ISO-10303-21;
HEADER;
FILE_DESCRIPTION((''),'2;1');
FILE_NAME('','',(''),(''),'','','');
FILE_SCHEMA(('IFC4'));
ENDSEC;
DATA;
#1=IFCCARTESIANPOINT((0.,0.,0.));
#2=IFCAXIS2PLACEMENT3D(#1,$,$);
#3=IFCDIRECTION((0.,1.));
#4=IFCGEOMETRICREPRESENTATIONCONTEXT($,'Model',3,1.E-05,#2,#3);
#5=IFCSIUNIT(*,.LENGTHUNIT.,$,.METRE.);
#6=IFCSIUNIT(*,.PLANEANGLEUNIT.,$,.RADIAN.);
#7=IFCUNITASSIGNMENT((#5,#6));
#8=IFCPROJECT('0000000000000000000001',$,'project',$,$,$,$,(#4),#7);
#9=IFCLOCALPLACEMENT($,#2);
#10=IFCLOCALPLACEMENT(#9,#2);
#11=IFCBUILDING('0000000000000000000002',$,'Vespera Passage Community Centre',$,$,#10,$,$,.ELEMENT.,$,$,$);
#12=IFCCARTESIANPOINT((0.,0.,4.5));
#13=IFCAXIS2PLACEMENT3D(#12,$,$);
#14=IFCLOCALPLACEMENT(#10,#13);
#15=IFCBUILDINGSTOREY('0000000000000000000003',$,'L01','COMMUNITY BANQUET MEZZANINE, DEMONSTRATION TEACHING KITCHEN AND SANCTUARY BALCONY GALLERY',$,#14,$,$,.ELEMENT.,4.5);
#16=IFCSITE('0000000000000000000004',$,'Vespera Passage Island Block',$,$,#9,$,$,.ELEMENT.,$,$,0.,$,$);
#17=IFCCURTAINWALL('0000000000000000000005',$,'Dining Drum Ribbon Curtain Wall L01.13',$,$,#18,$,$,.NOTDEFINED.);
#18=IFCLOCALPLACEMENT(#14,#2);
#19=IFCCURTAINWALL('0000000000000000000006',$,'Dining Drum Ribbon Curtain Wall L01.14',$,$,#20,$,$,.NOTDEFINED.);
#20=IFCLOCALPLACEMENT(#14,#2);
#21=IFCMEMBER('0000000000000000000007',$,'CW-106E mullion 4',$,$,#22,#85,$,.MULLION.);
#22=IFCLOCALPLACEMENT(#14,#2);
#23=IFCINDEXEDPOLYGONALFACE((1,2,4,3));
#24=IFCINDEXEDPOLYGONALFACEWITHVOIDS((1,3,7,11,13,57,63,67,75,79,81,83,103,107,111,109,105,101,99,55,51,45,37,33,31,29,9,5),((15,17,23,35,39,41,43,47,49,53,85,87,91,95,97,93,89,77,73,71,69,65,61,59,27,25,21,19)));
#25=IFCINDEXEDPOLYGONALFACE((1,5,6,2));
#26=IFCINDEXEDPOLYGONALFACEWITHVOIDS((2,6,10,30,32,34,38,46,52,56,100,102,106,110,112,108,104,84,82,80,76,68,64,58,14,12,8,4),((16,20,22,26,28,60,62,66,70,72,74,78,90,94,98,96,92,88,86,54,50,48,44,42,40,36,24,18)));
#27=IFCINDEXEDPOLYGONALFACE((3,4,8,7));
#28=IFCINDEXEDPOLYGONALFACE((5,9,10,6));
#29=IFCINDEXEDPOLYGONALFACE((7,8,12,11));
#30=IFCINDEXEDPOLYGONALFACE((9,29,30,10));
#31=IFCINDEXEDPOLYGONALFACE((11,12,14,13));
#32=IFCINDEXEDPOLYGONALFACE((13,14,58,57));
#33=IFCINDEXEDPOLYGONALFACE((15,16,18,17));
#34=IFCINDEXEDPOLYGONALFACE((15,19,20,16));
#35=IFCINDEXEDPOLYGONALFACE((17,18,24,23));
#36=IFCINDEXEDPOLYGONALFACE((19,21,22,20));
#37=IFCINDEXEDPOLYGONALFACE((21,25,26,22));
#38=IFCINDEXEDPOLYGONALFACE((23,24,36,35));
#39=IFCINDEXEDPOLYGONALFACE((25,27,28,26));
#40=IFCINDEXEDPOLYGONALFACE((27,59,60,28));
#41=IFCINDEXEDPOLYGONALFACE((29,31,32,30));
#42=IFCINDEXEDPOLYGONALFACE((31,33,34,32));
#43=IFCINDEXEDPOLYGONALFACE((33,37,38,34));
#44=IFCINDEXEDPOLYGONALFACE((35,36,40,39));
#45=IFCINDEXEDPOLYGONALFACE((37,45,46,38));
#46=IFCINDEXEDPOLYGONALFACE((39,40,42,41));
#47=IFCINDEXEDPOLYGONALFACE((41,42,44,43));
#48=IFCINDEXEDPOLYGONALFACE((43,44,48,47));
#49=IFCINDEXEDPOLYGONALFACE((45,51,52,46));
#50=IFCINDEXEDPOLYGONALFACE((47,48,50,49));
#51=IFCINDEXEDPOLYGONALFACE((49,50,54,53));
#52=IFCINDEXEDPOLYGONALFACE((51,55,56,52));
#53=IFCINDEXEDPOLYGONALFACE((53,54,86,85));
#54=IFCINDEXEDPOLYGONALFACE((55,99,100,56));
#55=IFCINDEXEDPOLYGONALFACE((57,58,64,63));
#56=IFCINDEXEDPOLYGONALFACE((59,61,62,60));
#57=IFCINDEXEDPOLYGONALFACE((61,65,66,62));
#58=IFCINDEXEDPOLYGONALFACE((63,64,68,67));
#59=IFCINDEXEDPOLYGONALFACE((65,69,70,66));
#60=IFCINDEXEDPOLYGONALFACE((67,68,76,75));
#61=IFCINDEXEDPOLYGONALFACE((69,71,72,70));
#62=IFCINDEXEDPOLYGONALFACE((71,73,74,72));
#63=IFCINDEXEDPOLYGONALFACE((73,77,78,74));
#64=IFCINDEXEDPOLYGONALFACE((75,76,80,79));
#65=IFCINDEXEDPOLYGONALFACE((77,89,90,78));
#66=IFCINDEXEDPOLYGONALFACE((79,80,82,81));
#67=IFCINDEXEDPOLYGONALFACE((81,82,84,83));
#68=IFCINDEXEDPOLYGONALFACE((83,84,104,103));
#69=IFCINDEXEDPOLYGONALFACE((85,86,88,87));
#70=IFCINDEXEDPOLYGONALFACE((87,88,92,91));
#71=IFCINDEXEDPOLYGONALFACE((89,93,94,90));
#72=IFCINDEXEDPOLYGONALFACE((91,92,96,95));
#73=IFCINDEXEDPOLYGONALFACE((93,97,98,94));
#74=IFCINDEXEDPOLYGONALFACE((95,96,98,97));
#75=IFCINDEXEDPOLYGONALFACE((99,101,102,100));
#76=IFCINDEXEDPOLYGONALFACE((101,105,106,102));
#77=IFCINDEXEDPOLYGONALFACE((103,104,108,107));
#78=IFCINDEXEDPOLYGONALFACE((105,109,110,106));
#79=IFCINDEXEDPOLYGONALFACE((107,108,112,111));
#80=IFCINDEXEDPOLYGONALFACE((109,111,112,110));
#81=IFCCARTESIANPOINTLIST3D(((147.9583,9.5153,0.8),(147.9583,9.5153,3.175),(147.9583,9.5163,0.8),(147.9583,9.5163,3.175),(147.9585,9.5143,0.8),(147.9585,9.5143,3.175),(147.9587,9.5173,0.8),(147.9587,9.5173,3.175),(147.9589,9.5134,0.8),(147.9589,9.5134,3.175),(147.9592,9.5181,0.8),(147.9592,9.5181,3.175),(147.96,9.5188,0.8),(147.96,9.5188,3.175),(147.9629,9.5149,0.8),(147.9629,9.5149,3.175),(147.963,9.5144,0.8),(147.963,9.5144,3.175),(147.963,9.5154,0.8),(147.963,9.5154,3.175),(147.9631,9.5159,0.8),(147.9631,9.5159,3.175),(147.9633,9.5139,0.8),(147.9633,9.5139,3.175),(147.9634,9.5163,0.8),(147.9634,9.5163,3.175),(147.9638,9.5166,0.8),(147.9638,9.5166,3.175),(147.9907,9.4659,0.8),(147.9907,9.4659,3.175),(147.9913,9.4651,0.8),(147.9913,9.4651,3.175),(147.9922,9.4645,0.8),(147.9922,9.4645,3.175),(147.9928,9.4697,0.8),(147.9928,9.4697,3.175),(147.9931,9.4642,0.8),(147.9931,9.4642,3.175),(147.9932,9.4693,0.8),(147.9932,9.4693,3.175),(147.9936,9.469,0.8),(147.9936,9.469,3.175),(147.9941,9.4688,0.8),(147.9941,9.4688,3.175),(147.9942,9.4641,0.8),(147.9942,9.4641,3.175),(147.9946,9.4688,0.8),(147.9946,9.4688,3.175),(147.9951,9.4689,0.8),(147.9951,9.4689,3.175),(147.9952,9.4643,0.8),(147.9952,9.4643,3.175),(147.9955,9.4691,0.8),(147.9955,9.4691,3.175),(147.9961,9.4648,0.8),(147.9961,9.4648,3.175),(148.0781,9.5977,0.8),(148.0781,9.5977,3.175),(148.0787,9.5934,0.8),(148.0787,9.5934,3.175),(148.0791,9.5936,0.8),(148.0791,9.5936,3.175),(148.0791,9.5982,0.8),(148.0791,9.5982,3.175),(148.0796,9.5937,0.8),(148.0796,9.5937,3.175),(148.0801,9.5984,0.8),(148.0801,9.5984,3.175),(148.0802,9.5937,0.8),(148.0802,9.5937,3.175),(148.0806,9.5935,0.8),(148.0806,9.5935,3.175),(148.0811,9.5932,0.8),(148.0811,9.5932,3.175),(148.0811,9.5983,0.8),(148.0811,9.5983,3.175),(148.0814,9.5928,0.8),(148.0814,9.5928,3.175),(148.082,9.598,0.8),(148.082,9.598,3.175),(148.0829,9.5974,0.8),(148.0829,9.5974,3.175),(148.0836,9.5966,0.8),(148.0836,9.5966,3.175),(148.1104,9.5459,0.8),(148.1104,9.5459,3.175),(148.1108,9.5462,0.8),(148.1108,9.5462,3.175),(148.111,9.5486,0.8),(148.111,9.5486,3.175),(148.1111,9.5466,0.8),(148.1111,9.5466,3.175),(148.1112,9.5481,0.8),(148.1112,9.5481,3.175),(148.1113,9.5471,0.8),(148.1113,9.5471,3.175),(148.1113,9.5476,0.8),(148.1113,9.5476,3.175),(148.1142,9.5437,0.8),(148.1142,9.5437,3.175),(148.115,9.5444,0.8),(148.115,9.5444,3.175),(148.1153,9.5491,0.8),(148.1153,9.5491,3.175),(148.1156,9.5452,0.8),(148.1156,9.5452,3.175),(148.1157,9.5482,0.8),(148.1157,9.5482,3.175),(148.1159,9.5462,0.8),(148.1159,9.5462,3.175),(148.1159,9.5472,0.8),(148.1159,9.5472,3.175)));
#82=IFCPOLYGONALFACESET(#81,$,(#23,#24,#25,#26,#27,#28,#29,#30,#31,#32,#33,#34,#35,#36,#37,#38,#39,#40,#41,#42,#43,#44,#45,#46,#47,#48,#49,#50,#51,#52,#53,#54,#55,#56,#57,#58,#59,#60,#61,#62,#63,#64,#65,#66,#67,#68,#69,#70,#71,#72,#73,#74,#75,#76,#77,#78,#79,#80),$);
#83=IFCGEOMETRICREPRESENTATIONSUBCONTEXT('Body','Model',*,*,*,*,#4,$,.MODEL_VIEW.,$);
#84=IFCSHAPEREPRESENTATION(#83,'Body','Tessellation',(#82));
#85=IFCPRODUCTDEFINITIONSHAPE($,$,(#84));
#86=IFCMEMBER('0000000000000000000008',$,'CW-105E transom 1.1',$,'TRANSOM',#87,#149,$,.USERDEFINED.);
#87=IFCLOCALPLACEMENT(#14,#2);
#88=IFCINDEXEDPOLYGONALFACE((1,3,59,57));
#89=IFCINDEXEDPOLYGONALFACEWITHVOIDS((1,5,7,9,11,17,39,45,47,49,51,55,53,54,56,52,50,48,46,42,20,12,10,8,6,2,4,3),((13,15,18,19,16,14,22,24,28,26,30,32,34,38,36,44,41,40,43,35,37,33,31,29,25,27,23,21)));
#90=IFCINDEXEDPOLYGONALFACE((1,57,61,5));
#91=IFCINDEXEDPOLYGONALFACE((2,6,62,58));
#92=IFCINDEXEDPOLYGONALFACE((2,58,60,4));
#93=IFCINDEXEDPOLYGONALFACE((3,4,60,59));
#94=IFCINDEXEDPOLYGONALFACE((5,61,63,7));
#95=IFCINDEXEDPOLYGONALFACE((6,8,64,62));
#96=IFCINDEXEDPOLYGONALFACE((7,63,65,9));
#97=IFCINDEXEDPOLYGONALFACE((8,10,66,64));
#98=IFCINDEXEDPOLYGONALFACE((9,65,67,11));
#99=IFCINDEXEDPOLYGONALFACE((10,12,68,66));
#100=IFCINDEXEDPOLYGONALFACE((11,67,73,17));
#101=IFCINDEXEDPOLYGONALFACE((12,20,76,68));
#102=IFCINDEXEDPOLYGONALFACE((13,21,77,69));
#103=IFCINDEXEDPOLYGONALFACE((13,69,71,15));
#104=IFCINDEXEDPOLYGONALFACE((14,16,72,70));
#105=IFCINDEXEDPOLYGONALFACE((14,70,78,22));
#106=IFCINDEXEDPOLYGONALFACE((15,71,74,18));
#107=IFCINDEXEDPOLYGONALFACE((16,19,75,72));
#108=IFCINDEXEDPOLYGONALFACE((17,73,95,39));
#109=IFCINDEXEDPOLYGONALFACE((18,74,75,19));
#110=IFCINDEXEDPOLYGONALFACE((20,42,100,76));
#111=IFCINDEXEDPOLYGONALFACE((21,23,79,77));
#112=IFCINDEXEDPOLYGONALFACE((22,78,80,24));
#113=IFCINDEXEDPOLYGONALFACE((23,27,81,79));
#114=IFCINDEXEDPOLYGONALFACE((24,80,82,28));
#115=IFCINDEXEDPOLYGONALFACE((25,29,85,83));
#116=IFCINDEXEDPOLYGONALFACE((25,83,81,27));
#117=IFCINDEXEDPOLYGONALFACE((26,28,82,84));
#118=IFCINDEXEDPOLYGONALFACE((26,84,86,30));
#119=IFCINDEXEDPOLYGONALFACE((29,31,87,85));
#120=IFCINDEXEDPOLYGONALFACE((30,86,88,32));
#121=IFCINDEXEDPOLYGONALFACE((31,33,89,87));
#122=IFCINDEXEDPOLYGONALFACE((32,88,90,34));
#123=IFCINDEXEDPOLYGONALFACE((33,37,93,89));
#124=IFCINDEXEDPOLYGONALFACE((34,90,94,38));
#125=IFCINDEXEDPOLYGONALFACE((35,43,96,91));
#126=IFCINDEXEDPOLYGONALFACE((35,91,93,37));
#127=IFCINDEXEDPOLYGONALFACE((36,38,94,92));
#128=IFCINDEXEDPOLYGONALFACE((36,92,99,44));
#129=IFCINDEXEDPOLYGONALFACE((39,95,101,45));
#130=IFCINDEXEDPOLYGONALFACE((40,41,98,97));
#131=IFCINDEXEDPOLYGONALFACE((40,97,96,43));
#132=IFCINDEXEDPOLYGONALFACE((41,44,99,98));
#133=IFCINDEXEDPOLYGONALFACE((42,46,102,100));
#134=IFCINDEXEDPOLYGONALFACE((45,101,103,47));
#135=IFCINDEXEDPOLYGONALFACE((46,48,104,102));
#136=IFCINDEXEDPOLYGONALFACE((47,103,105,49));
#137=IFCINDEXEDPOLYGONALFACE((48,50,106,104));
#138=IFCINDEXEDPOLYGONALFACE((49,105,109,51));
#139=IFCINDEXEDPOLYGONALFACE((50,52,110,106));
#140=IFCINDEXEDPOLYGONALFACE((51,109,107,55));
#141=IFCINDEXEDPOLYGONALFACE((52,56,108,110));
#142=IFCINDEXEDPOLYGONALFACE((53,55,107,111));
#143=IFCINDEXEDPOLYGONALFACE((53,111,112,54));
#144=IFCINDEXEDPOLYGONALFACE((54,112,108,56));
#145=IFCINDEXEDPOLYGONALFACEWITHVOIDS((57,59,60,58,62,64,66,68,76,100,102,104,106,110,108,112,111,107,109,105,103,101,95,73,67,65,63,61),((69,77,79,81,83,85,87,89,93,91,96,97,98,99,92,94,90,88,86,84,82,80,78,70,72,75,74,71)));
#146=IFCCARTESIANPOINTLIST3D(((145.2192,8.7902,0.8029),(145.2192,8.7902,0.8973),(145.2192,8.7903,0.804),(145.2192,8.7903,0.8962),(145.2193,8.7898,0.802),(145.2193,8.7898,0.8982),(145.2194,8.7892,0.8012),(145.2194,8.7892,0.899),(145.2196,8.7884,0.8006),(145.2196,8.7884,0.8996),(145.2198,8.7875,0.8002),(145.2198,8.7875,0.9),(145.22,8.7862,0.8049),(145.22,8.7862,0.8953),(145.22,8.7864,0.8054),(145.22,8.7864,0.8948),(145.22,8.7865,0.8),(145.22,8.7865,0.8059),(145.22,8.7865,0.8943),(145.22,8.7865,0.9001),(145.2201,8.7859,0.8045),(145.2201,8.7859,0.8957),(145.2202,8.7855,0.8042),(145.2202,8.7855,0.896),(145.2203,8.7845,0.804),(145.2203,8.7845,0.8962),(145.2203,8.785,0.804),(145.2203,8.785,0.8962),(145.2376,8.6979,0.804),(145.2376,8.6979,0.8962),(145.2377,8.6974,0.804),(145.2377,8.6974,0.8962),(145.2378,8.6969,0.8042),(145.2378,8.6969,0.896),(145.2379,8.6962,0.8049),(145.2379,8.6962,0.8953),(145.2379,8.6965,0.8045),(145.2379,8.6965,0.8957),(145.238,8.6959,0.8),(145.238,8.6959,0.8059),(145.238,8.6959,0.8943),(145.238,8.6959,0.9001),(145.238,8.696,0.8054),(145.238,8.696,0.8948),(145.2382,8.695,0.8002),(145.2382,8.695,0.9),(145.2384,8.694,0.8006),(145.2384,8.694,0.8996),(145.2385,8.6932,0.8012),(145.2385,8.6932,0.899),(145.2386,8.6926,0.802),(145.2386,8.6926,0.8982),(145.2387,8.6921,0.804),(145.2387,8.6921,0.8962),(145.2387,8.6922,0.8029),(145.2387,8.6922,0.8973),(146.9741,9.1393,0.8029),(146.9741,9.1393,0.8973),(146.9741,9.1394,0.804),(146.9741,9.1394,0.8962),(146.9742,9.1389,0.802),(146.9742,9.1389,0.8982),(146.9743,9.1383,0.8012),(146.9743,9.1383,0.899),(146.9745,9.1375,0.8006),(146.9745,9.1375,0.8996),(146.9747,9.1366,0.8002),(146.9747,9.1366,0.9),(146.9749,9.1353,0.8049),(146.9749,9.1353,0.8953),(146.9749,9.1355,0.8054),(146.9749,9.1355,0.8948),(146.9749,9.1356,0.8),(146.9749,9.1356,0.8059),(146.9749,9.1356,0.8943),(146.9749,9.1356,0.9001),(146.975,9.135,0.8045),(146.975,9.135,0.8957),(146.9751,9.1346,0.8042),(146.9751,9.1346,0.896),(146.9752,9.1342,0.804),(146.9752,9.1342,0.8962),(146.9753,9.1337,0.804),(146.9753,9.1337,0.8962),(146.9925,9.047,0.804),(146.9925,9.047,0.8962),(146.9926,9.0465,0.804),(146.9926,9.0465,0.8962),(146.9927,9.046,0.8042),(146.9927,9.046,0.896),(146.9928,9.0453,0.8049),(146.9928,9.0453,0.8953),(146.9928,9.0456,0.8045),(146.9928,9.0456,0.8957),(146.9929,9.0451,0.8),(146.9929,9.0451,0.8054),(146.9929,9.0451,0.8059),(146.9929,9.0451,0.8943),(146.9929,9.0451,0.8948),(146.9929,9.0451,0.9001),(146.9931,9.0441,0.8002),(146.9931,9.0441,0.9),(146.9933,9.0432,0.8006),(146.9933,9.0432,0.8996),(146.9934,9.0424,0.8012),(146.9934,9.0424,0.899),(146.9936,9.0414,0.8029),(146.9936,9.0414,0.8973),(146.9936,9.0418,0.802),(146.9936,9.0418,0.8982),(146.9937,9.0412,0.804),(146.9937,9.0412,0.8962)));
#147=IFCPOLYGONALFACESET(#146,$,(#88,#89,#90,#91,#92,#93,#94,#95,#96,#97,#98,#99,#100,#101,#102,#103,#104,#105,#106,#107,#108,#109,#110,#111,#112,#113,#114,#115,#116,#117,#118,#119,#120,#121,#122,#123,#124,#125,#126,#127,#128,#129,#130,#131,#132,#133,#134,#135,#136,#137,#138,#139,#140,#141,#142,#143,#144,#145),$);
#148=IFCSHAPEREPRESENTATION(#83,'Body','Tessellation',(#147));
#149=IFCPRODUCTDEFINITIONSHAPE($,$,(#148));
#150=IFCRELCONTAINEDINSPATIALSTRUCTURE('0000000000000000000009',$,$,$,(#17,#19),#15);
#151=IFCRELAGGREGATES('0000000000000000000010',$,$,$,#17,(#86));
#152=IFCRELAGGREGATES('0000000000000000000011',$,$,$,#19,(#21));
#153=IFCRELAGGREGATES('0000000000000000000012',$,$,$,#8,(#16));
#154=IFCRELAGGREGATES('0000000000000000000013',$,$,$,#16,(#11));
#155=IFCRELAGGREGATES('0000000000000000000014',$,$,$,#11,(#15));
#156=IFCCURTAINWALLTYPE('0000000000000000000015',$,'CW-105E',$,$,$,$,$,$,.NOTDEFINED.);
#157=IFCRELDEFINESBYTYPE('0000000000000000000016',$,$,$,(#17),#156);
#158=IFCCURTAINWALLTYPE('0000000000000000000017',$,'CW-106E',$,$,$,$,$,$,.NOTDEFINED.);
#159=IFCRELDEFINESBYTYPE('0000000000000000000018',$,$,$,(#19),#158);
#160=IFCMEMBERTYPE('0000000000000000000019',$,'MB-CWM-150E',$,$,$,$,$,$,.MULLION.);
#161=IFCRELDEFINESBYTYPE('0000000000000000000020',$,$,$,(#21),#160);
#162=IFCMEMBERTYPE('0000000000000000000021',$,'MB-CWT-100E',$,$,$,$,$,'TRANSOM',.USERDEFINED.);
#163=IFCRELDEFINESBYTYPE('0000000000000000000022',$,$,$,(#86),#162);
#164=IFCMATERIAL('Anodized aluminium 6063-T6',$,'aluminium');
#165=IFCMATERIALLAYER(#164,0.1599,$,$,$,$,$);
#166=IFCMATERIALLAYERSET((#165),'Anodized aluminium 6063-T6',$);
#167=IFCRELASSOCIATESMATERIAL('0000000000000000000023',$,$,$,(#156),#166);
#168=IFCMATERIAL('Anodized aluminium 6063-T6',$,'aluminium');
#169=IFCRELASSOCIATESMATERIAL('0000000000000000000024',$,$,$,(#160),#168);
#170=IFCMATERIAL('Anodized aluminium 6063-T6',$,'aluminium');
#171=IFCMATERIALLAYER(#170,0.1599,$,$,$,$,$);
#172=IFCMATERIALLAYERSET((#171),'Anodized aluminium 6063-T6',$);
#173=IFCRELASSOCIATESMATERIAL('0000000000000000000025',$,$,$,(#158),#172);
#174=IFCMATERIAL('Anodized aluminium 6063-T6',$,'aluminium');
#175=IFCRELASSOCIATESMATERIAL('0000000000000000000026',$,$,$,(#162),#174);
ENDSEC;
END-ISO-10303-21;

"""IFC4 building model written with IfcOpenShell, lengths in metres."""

from ifc_helpers import new_model, si_unit, direction, frame, origin, origin_2d, place, context, subcontext, project, spatial, hollow_rectangle, extrude, material, layer, layer_set, material_profile, profile_set, type_object, element, aggregate, save


model = new_model("IFC4")

# Units and contexts
model_context = context("Model", 3, precision=1e-05, world=origin(), true_north=direction((0.0, 1.0)))
body_context = subcontext(model_context, "Body", "Model", "MODEL_VIEW")
ifc_project = project(units=[si_unit("LENGTHUNIT", "METRE"), si_unit("PLANEANGLEUNIT", "RADIAN")], contexts=[model_context])

# Site, building, storey
site_placement = place(None, origin())
site = spatial("IfcSite", under=ifc_project, at=site_placement, Name="Vespera Passage Island Block", CompositionType="ELEMENT", RefElevation=0.0)
building_placement = place(site_placement, origin())
building = spatial("IfcBuilding", under=site, at=building_placement, Name="Vespera Passage Community Centre", CompositionType="ELEMENT")
storey_placement = place(building_placement, frame((0.0, 0.0, 4.5)))
storey = spatial("IfcBuildingStorey", under=building, at=storey_placement, Name="L01", Description="COMMUNITY BANQUET MEZZANINE, DEMONSTRATION TEACHING KITCHEN AND SANCTUARY BALCONY GALLERY", CompositionType="ELEMENT", Elevation=4.5)

# Curtain wall
ifc_material_1 = material(Name="Anodized aluminium 6063-T6", Category="aluminium")
ifc_layer_1 = layer(ifc_material_1, 0.1599)
ifc_layer_set_1 = layer_set([ifc_layer_1], Name="Anodized aluminium 6063-T6")
curtain_wall_type_1 = type_object("IfcCurtainWallType", Name="CW-105E", PredefinedType="NOTDEFINED", material=ifc_layer_set_1)
curtain_wall_1_placement = place(storey_placement, origin())
curtain_wall_1 = element("IfcCurtainWall", 1, at=curtain_wall_1_placement, inside=storey, type_object=curtain_wall_type_1, Name="Dining Drum Ribbon Curtain Wall L01.13", PredefinedType="NOTDEFINED")
ifc_material_2 = material(Name="Anodized aluminium 6063-T6", Category="aluminium")
ifc_material_profile_1 = material_profile(ifc_material_2, hollow_rectangle(XDim=0.0649, YDim=0.1499, WallThickness=0.0039, InnerFilletRadius=0.002, OuterFilletRadius=0.0039, at=origin_2d()), Name="ALU150X65X4")
ifc_profile_set_1 = profile_set([ifc_material_profile_1], Name="Anodized aluminium 6063-T6")
member_type_1 = type_object("IfcMemberType", Name="MB-CWM-150E", PredefinedType="MULLION", material=ifc_profile_set_1)

# Curtain wall, member
ifc_material_3 = material(Name="Anodized aluminium 6063-T6", Category="aluminium")
ifc_layer_2 = layer(ifc_material_3, 0.1599)
ifc_layer_set_2 = layer_set([ifc_layer_2], Name="Anodized aluminium 6063-T6")
curtain_wall_type_2 = type_object("IfcCurtainWallType", Name="CW-106E", PredefinedType="NOTDEFINED", material=ifc_layer_set_2)
curtain_wall_2_placement = place(storey_placement, origin())
curtain_wall_2 = element("IfcCurtainWall", 2, at=curtain_wall_2_placement, inside=storey, type_object=curtain_wall_type_2, Name="Dining Drum Ribbon Curtain Wall L01.14", PredefinedType="NOTDEFINED")
member_1_placement = place(storey_placement, frame((148.0371, 9.5312, 0.8), z_axis=(0.0, 0.0, 1.0), x_axis=(0.555565, -0.831473, 0.0)))
member_1 = element("IfcMember", 3, at=member_1_placement, type_object=member_type_1, Name="CW-106E mullion 4", PredefinedType="MULLION", context=body_context, shape_type="SweptSolid", body=[
    extrude(hollow_rectangle(XDim=0.0649, YDim=0.1499, WallThickness=0.0039, InnerFilletRadius=0.002, OuterFilletRadius=0.0039, at=origin_2d()), origin(), (0.0, 0.0, 1.0), 2.375),
])

# Member
ifc_material_4 = material(Name="Anodized aluminium 6063-T6", Category="aluminium")
ifc_material_profile_2 = material_profile(ifc_material_4, hollow_rectangle(XDim=0.1001, YDim=0.1001, WallThickness=0.0039, InnerFilletRadius=0.002, OuterFilletRadius=0.0039, at=origin_2d()), Name="ALU100X100X4")
ifc_profile_set_2 = profile_set([ifc_material_profile_2], Name="Anodized aluminium 6063-T6")
member_type_2 = type_object("IfcMemberType", Name="MB-CWT-100E", ElementType="TRANSOM", PredefinedType="USERDEFINED", material=ifc_profile_set_2)
member_2_placement = place(storey_placement, frame((146.9839, 9.0903, 0.8501), z_axis=(-0.98078, -0.195119, 0.0), x_axis=(0.195119, -0.98078, 0.0)))
member_2 = element("IfcMember", 4, at=member_2_placement, type_object=member_type_2, Name="CW-105E transom 1.1", ObjectType="TRANSOM", PredefinedType="USERDEFINED", context=body_context, shape_type="SweptSolid", body=[
    extrude(hollow_rectangle(XDim=0.1001, YDim=0.1001, WallThickness=0.0039, InnerFilletRadius=0.002, OuterFilletRadius=0.0039, at=origin_2d()), origin(), (0.0, 0.0, 1.0), 1.7893),
])

aggregate(curtain_wall_1, [member_2])
aggregate(curtain_wall_2, [member_1])

save(model, "model.ifc")
